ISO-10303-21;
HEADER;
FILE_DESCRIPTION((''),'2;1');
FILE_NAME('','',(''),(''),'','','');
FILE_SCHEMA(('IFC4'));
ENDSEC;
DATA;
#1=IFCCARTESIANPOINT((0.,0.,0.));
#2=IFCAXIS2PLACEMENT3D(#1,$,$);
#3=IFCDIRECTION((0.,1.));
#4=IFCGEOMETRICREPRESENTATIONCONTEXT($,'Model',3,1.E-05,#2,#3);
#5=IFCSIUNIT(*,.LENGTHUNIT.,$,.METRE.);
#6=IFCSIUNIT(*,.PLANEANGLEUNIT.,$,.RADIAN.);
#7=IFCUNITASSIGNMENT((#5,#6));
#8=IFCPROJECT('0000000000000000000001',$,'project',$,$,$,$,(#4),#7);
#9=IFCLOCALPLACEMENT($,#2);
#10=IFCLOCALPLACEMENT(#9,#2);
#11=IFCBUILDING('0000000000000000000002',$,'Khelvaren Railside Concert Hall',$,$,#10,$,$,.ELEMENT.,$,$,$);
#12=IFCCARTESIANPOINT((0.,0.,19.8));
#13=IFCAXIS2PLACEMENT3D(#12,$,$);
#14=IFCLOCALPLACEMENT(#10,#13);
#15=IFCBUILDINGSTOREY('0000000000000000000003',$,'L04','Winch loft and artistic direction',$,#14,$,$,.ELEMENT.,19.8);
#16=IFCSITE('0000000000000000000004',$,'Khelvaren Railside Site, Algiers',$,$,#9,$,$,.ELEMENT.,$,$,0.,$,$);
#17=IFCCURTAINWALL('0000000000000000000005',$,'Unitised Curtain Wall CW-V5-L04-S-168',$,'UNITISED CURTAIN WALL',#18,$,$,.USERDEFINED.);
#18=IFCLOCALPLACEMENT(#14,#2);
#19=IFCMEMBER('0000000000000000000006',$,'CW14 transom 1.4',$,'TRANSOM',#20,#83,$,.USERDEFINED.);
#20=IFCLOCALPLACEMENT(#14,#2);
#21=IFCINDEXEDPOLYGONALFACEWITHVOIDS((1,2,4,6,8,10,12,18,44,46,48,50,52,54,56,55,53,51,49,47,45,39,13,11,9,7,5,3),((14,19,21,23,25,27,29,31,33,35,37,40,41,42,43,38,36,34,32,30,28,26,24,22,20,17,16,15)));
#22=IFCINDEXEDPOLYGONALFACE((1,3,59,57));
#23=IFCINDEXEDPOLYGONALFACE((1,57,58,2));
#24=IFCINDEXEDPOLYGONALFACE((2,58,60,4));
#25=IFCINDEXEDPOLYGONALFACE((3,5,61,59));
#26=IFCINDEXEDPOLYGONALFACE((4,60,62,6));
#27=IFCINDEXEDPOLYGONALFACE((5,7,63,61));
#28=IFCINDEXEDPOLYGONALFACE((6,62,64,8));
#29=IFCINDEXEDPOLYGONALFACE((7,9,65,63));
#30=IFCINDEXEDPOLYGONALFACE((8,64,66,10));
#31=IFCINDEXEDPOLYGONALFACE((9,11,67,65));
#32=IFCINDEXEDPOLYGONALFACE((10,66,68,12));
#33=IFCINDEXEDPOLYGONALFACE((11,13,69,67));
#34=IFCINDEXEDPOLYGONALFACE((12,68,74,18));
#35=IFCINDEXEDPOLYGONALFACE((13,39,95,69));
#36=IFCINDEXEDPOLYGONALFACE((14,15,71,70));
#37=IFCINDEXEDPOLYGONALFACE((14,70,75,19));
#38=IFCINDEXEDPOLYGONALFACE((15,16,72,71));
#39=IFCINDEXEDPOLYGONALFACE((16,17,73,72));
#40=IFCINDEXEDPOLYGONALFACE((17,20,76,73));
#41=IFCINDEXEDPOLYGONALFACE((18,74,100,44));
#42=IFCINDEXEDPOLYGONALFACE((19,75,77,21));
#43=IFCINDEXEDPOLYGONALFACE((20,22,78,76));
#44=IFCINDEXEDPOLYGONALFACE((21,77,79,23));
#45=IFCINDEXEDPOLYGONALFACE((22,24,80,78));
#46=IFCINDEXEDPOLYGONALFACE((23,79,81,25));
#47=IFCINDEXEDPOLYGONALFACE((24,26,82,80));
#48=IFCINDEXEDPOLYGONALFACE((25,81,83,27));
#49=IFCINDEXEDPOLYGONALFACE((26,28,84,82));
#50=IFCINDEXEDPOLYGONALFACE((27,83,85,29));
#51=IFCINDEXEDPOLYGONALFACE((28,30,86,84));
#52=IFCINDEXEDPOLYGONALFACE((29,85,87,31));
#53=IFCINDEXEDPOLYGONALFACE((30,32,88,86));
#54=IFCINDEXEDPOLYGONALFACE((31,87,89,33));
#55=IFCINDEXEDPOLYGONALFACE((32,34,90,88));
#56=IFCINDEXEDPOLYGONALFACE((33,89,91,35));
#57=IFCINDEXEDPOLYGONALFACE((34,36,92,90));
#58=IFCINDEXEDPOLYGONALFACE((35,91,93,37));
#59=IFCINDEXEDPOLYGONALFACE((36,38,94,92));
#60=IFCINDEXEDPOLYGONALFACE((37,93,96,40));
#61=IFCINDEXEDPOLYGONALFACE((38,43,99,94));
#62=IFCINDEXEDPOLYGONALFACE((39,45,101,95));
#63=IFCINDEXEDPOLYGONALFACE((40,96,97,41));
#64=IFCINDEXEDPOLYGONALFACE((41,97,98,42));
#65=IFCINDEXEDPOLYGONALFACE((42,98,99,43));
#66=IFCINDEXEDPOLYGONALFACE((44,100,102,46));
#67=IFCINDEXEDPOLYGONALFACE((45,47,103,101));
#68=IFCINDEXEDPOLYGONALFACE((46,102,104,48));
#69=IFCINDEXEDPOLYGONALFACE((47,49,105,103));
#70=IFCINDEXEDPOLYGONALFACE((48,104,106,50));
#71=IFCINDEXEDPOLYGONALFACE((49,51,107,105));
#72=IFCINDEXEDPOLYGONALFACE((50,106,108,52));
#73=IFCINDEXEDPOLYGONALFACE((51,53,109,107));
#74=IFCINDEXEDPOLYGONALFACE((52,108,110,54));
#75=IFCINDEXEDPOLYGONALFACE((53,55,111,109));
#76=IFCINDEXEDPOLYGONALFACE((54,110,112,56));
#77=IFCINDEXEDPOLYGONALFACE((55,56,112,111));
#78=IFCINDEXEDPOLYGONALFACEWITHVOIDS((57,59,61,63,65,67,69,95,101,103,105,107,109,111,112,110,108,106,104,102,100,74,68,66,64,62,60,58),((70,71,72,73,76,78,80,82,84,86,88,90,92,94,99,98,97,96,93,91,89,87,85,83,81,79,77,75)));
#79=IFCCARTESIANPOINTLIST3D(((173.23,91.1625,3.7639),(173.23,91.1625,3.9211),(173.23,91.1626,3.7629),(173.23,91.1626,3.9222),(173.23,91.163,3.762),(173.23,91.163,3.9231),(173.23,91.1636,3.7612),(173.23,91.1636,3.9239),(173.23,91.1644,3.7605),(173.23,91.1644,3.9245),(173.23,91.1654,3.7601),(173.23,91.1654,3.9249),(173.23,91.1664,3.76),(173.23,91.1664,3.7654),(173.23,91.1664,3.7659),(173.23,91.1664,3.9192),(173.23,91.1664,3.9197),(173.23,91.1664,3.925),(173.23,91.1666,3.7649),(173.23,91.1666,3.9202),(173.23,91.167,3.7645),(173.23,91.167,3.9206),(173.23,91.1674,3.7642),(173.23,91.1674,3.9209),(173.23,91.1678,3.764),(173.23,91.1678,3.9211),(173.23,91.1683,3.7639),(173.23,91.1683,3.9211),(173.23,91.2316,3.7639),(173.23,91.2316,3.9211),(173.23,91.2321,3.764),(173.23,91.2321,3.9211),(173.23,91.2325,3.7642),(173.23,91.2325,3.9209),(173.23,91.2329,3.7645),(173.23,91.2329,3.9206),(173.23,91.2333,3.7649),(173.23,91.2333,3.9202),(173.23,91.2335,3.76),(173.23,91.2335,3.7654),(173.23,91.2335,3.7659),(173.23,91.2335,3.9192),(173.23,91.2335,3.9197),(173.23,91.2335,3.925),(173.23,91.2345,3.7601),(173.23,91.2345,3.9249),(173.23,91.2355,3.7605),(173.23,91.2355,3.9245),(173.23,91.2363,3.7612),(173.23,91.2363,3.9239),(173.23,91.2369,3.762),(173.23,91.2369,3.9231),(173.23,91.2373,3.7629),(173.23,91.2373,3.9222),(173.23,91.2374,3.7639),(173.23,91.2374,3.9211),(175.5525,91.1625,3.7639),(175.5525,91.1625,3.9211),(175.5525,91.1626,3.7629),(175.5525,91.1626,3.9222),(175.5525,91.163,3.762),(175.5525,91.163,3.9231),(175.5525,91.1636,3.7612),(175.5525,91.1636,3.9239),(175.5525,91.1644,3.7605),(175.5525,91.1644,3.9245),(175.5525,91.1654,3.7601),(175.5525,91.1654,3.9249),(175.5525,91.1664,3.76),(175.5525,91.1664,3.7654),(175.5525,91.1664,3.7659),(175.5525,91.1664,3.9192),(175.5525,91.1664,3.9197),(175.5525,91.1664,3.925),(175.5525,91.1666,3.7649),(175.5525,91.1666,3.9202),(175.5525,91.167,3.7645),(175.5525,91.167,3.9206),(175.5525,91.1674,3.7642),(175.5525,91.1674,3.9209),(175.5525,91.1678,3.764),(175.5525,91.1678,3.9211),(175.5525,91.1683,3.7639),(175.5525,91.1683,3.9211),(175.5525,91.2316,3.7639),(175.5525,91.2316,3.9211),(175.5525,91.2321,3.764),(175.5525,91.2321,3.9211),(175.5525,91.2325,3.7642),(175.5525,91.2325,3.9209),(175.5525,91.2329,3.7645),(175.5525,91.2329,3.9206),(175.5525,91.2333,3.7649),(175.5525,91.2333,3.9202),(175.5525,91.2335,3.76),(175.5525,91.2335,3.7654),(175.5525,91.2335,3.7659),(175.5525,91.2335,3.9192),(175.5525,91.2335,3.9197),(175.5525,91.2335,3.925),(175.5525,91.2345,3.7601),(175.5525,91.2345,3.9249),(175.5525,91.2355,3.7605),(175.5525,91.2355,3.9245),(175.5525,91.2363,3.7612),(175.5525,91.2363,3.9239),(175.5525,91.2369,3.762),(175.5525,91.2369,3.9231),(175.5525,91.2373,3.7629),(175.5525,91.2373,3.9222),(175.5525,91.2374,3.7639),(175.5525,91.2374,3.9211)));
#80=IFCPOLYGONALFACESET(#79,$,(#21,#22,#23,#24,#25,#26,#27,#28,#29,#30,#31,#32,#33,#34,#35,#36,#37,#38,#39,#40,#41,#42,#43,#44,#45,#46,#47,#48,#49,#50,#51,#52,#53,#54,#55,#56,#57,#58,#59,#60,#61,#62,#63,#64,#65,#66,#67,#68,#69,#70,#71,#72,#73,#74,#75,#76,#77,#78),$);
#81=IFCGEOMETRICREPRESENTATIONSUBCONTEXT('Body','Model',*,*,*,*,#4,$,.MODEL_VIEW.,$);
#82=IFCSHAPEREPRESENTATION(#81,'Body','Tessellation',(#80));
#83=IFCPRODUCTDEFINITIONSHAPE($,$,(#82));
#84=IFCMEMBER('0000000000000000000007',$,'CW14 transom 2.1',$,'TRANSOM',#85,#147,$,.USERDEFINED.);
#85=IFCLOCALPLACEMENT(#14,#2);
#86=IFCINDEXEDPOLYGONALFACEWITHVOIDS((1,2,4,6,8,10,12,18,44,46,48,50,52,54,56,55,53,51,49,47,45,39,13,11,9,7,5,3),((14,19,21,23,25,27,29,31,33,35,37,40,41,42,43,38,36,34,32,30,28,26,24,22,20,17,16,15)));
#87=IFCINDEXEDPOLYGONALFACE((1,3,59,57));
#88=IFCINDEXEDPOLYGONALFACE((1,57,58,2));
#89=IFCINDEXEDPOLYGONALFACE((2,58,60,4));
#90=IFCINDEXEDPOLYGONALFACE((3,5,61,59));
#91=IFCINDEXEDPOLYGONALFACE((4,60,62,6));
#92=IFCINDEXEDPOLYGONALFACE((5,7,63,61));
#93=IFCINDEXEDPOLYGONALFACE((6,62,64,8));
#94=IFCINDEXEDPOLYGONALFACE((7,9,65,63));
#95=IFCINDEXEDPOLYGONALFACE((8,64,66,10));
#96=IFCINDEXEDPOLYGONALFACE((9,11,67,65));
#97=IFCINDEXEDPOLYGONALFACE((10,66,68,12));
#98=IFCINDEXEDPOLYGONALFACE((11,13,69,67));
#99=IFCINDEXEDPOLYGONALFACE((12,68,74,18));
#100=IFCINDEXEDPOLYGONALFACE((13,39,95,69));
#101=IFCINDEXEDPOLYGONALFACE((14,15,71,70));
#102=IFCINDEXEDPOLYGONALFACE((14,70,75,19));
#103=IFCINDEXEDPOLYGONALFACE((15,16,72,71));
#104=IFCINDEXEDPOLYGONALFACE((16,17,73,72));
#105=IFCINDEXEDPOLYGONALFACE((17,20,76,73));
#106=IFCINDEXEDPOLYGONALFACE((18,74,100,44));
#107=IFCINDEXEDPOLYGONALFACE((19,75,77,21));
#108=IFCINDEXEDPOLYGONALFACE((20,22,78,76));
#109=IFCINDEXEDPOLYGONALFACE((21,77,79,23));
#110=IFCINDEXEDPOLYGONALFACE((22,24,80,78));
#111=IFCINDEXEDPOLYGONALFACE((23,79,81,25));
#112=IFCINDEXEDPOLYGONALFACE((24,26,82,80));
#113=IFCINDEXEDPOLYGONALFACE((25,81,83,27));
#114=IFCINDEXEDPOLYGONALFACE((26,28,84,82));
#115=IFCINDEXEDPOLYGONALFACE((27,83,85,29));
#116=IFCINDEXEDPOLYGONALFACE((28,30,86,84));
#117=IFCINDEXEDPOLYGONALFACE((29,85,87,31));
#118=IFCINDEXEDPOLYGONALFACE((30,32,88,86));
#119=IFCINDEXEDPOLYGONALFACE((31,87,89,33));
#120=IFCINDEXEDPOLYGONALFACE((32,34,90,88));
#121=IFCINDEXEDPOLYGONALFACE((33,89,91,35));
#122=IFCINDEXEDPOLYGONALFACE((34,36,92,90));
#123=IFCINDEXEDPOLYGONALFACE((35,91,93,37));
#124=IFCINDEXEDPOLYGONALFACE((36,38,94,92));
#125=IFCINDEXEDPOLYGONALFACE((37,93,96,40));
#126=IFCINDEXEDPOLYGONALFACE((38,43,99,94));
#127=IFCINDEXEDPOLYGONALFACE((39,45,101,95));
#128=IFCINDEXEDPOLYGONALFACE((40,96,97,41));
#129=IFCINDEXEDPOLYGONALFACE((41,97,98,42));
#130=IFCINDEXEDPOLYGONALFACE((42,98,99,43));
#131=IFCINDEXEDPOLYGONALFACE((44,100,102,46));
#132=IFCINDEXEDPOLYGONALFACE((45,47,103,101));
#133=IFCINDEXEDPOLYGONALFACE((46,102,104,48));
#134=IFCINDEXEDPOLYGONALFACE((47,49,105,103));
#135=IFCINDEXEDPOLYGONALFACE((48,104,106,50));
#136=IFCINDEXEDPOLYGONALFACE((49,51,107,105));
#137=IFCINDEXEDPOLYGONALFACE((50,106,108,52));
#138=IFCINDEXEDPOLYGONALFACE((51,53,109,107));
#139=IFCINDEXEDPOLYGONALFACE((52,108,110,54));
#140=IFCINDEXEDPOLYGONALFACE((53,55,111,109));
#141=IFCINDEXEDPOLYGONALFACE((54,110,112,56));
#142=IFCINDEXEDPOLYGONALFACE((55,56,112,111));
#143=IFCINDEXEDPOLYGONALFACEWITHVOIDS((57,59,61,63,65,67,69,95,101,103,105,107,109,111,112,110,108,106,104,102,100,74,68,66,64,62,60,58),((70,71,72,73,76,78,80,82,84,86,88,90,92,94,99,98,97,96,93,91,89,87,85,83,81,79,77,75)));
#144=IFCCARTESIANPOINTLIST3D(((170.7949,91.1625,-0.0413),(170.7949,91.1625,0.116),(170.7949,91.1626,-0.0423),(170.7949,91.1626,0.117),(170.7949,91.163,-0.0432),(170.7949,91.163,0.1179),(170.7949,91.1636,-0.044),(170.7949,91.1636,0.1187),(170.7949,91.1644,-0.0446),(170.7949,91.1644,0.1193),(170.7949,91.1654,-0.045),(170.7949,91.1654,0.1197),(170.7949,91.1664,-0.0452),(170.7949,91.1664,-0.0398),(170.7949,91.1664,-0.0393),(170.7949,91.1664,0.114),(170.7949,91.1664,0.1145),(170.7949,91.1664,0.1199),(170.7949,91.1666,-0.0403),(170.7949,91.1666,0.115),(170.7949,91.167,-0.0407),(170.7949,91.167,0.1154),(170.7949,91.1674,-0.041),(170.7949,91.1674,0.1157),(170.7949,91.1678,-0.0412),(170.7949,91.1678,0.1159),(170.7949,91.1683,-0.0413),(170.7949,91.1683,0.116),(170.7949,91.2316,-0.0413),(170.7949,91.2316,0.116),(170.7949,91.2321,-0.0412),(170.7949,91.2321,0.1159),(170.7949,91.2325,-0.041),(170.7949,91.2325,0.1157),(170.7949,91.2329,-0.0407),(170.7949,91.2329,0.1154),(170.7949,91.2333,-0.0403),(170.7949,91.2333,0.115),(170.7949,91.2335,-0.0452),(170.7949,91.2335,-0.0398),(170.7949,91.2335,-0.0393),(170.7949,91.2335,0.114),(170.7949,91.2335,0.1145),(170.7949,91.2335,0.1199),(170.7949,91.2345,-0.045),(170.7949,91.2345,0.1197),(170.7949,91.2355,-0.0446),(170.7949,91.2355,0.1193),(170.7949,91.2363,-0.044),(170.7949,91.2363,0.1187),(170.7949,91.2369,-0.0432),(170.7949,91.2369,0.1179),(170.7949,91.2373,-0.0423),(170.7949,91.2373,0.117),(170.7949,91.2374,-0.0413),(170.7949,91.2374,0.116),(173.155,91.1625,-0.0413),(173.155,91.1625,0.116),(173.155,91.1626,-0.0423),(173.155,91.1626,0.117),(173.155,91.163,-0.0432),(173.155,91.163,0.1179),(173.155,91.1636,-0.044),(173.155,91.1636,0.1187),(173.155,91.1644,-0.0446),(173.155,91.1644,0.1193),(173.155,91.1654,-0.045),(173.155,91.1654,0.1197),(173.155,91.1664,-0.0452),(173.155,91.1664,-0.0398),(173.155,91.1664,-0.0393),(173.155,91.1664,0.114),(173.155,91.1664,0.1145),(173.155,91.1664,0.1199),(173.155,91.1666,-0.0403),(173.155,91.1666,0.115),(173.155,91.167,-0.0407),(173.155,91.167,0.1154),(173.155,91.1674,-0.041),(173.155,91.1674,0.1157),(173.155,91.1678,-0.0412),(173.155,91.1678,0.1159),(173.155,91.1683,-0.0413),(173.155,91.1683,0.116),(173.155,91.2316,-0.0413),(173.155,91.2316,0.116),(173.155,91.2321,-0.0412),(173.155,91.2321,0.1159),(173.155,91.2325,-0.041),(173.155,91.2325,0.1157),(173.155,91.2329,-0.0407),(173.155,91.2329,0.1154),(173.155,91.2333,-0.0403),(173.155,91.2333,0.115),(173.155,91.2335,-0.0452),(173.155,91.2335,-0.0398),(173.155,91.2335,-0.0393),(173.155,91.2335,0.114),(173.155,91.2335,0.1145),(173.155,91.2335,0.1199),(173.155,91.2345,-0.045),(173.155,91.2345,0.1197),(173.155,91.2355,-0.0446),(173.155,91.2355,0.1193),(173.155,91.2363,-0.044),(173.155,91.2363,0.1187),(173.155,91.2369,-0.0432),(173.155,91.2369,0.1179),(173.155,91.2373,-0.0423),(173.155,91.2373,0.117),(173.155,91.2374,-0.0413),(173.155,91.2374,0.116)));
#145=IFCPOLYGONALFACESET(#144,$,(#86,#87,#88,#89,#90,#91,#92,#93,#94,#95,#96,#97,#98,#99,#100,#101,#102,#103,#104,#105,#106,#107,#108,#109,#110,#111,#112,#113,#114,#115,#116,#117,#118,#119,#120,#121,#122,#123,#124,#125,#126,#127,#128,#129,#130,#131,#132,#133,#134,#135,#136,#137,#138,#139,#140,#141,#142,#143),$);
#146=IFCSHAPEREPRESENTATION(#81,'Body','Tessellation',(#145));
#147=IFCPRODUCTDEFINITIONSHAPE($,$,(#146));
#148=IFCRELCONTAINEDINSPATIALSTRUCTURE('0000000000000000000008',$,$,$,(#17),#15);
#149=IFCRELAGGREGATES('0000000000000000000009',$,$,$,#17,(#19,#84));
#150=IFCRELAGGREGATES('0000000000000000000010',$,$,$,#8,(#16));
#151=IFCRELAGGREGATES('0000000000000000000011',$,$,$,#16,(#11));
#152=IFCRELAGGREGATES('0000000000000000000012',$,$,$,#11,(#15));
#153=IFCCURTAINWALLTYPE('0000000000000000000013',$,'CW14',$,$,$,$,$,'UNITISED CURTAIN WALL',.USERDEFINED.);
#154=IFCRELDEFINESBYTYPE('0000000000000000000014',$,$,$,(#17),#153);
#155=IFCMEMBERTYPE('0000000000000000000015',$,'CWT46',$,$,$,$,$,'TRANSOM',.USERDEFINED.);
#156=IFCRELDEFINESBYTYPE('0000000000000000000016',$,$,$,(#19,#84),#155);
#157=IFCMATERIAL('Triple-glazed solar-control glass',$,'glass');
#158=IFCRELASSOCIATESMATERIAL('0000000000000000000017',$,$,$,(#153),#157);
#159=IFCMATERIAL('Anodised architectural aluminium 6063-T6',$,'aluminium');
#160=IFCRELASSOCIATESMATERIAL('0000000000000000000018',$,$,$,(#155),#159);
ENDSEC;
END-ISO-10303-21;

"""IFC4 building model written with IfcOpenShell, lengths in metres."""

from ifc_helpers import new_model, si_unit, direction, frame, origin, origin_2d, place, context, subcontext, project, spatial, hollow_rectangle, extrude, material, material_profile, profile_set, type_object, element, aggregate, save


model = new_model("IFC4")

# Units and contexts
model_context = context("Model", 3, precision=1e-05, world=origin(), true_north=direction((0.0, 1.0)))
body_context = subcontext(model_context, "Body", "Model", "MODEL_VIEW")
ifc_project = project(units=[si_unit("LENGTHUNIT", "METRE"), si_unit("PLANEANGLEUNIT", "RADIAN")], contexts=[model_context])

# Site, building, storey
site_placement = place(None, origin())
site = spatial("IfcSite", under=ifc_project, at=site_placement, Name="Khelvaren Railside Site, Algiers", CompositionType="ELEMENT", RefElevation=0.0)
building_placement = place(site_placement, origin())
building = spatial("IfcBuilding", under=site, at=building_placement, Name="Khelvaren Railside Concert Hall", CompositionType="ELEMENT")
storey_placement = place(building_placement, frame((0.0, 0.0, 19.8)))
storey = spatial("IfcBuildingStorey", under=building, at=storey_placement, Name="L04", Description="Winch loft and artistic direction", CompositionType="ELEMENT", Elevation=19.8)

# Curtain wall
ifc_material_1 = material(Name="Triple-glazed solar-control glass", Category="glass")
curtain_wall_type_1 = type_object("IfcCurtainWallType", Name="CW14", ElementType="UNITISED CURTAIN WALL", PredefinedType="USERDEFINED", material=ifc_material_1)
curtain_wall_1_placement = place(storey_placement, origin())
curtain_wall_1 = element("IfcCurtainWall", 1, at=curtain_wall_1_placement, inside=storey, type_object=curtain_wall_type_1, Name="Unitised Curtain Wall CW-V5-L04-S-168", ObjectType="UNITISED CURTAIN WALL", PredefinedType="USERDEFINED")
ifc_material_2 = material(Name="Anodised architectural aluminium 6063-T6", Category="aluminium")

# Members
ifc_material_profile_1 = material_profile(ifc_material_2, hollow_rectangle(XDim=0.075, YDim=0.165, WallThickness=0.0039, InnerFilletRadius=0.002, OuterFilletRadius=0.0039, at=origin_2d()), Name="CWT 75x165x4")
ifc_profile_set_1 = profile_set([ifc_material_profile_1], Name="Anodised architectural aluminium 6063-T6")
member_type_1 = type_object("IfcMemberType", Name="CWT46", ElementType="TRANSOM", PredefinedType="USERDEFINED", material=ifc_profile_set_1)
member_1_placement = place(storey_placement, frame((175.5525, 91.2, 3.8425), z_axis=(-1.0, 0.0, 0.0), x_axis=(0.0, -1.0, 0.0)))
member_1 = element("IfcMember", 2, at=member_1_placement, type_object=member_type_1, Name="CW14 transom 1.4", ObjectType="TRANSOM", PredefinedType="USERDEFINED", context=body_context, shape_type="SweptSolid", body=[
    extrude(hollow_rectangle(XDim=0.075, YDim=0.165, WallThickness=0.0039, InnerFilletRadius=0.002, OuterFilletRadius=0.0039, at=origin_2d()), origin(), (0.0, 0.0, 1.0), 2.3225),
])
member_2_placement = place(storey_placement, frame((173.155, 91.2, 0.0374), z_axis=(-1.0, 0.0, 0.0), x_axis=(0.0, -1.0, 0.0)))
member_2 = element("IfcMember", 3, at=member_2_placement, type_object=member_type_1, Name="CW14 transom 2.1", ObjectType="TRANSOM", PredefinedType="USERDEFINED", context=body_context, shape_type="SweptSolid", body=[
    extrude(hollow_rectangle(XDim=0.075, YDim=0.165, WallThickness=0.0039, InnerFilletRadius=0.002, OuterFilletRadius=0.0039, at=origin_2d()), origin(), (0.0, 0.0, 1.0), 2.3601),
])

aggregate(curtain_wall_1, [member_1, member_2])

save(model, "model.ifc")
